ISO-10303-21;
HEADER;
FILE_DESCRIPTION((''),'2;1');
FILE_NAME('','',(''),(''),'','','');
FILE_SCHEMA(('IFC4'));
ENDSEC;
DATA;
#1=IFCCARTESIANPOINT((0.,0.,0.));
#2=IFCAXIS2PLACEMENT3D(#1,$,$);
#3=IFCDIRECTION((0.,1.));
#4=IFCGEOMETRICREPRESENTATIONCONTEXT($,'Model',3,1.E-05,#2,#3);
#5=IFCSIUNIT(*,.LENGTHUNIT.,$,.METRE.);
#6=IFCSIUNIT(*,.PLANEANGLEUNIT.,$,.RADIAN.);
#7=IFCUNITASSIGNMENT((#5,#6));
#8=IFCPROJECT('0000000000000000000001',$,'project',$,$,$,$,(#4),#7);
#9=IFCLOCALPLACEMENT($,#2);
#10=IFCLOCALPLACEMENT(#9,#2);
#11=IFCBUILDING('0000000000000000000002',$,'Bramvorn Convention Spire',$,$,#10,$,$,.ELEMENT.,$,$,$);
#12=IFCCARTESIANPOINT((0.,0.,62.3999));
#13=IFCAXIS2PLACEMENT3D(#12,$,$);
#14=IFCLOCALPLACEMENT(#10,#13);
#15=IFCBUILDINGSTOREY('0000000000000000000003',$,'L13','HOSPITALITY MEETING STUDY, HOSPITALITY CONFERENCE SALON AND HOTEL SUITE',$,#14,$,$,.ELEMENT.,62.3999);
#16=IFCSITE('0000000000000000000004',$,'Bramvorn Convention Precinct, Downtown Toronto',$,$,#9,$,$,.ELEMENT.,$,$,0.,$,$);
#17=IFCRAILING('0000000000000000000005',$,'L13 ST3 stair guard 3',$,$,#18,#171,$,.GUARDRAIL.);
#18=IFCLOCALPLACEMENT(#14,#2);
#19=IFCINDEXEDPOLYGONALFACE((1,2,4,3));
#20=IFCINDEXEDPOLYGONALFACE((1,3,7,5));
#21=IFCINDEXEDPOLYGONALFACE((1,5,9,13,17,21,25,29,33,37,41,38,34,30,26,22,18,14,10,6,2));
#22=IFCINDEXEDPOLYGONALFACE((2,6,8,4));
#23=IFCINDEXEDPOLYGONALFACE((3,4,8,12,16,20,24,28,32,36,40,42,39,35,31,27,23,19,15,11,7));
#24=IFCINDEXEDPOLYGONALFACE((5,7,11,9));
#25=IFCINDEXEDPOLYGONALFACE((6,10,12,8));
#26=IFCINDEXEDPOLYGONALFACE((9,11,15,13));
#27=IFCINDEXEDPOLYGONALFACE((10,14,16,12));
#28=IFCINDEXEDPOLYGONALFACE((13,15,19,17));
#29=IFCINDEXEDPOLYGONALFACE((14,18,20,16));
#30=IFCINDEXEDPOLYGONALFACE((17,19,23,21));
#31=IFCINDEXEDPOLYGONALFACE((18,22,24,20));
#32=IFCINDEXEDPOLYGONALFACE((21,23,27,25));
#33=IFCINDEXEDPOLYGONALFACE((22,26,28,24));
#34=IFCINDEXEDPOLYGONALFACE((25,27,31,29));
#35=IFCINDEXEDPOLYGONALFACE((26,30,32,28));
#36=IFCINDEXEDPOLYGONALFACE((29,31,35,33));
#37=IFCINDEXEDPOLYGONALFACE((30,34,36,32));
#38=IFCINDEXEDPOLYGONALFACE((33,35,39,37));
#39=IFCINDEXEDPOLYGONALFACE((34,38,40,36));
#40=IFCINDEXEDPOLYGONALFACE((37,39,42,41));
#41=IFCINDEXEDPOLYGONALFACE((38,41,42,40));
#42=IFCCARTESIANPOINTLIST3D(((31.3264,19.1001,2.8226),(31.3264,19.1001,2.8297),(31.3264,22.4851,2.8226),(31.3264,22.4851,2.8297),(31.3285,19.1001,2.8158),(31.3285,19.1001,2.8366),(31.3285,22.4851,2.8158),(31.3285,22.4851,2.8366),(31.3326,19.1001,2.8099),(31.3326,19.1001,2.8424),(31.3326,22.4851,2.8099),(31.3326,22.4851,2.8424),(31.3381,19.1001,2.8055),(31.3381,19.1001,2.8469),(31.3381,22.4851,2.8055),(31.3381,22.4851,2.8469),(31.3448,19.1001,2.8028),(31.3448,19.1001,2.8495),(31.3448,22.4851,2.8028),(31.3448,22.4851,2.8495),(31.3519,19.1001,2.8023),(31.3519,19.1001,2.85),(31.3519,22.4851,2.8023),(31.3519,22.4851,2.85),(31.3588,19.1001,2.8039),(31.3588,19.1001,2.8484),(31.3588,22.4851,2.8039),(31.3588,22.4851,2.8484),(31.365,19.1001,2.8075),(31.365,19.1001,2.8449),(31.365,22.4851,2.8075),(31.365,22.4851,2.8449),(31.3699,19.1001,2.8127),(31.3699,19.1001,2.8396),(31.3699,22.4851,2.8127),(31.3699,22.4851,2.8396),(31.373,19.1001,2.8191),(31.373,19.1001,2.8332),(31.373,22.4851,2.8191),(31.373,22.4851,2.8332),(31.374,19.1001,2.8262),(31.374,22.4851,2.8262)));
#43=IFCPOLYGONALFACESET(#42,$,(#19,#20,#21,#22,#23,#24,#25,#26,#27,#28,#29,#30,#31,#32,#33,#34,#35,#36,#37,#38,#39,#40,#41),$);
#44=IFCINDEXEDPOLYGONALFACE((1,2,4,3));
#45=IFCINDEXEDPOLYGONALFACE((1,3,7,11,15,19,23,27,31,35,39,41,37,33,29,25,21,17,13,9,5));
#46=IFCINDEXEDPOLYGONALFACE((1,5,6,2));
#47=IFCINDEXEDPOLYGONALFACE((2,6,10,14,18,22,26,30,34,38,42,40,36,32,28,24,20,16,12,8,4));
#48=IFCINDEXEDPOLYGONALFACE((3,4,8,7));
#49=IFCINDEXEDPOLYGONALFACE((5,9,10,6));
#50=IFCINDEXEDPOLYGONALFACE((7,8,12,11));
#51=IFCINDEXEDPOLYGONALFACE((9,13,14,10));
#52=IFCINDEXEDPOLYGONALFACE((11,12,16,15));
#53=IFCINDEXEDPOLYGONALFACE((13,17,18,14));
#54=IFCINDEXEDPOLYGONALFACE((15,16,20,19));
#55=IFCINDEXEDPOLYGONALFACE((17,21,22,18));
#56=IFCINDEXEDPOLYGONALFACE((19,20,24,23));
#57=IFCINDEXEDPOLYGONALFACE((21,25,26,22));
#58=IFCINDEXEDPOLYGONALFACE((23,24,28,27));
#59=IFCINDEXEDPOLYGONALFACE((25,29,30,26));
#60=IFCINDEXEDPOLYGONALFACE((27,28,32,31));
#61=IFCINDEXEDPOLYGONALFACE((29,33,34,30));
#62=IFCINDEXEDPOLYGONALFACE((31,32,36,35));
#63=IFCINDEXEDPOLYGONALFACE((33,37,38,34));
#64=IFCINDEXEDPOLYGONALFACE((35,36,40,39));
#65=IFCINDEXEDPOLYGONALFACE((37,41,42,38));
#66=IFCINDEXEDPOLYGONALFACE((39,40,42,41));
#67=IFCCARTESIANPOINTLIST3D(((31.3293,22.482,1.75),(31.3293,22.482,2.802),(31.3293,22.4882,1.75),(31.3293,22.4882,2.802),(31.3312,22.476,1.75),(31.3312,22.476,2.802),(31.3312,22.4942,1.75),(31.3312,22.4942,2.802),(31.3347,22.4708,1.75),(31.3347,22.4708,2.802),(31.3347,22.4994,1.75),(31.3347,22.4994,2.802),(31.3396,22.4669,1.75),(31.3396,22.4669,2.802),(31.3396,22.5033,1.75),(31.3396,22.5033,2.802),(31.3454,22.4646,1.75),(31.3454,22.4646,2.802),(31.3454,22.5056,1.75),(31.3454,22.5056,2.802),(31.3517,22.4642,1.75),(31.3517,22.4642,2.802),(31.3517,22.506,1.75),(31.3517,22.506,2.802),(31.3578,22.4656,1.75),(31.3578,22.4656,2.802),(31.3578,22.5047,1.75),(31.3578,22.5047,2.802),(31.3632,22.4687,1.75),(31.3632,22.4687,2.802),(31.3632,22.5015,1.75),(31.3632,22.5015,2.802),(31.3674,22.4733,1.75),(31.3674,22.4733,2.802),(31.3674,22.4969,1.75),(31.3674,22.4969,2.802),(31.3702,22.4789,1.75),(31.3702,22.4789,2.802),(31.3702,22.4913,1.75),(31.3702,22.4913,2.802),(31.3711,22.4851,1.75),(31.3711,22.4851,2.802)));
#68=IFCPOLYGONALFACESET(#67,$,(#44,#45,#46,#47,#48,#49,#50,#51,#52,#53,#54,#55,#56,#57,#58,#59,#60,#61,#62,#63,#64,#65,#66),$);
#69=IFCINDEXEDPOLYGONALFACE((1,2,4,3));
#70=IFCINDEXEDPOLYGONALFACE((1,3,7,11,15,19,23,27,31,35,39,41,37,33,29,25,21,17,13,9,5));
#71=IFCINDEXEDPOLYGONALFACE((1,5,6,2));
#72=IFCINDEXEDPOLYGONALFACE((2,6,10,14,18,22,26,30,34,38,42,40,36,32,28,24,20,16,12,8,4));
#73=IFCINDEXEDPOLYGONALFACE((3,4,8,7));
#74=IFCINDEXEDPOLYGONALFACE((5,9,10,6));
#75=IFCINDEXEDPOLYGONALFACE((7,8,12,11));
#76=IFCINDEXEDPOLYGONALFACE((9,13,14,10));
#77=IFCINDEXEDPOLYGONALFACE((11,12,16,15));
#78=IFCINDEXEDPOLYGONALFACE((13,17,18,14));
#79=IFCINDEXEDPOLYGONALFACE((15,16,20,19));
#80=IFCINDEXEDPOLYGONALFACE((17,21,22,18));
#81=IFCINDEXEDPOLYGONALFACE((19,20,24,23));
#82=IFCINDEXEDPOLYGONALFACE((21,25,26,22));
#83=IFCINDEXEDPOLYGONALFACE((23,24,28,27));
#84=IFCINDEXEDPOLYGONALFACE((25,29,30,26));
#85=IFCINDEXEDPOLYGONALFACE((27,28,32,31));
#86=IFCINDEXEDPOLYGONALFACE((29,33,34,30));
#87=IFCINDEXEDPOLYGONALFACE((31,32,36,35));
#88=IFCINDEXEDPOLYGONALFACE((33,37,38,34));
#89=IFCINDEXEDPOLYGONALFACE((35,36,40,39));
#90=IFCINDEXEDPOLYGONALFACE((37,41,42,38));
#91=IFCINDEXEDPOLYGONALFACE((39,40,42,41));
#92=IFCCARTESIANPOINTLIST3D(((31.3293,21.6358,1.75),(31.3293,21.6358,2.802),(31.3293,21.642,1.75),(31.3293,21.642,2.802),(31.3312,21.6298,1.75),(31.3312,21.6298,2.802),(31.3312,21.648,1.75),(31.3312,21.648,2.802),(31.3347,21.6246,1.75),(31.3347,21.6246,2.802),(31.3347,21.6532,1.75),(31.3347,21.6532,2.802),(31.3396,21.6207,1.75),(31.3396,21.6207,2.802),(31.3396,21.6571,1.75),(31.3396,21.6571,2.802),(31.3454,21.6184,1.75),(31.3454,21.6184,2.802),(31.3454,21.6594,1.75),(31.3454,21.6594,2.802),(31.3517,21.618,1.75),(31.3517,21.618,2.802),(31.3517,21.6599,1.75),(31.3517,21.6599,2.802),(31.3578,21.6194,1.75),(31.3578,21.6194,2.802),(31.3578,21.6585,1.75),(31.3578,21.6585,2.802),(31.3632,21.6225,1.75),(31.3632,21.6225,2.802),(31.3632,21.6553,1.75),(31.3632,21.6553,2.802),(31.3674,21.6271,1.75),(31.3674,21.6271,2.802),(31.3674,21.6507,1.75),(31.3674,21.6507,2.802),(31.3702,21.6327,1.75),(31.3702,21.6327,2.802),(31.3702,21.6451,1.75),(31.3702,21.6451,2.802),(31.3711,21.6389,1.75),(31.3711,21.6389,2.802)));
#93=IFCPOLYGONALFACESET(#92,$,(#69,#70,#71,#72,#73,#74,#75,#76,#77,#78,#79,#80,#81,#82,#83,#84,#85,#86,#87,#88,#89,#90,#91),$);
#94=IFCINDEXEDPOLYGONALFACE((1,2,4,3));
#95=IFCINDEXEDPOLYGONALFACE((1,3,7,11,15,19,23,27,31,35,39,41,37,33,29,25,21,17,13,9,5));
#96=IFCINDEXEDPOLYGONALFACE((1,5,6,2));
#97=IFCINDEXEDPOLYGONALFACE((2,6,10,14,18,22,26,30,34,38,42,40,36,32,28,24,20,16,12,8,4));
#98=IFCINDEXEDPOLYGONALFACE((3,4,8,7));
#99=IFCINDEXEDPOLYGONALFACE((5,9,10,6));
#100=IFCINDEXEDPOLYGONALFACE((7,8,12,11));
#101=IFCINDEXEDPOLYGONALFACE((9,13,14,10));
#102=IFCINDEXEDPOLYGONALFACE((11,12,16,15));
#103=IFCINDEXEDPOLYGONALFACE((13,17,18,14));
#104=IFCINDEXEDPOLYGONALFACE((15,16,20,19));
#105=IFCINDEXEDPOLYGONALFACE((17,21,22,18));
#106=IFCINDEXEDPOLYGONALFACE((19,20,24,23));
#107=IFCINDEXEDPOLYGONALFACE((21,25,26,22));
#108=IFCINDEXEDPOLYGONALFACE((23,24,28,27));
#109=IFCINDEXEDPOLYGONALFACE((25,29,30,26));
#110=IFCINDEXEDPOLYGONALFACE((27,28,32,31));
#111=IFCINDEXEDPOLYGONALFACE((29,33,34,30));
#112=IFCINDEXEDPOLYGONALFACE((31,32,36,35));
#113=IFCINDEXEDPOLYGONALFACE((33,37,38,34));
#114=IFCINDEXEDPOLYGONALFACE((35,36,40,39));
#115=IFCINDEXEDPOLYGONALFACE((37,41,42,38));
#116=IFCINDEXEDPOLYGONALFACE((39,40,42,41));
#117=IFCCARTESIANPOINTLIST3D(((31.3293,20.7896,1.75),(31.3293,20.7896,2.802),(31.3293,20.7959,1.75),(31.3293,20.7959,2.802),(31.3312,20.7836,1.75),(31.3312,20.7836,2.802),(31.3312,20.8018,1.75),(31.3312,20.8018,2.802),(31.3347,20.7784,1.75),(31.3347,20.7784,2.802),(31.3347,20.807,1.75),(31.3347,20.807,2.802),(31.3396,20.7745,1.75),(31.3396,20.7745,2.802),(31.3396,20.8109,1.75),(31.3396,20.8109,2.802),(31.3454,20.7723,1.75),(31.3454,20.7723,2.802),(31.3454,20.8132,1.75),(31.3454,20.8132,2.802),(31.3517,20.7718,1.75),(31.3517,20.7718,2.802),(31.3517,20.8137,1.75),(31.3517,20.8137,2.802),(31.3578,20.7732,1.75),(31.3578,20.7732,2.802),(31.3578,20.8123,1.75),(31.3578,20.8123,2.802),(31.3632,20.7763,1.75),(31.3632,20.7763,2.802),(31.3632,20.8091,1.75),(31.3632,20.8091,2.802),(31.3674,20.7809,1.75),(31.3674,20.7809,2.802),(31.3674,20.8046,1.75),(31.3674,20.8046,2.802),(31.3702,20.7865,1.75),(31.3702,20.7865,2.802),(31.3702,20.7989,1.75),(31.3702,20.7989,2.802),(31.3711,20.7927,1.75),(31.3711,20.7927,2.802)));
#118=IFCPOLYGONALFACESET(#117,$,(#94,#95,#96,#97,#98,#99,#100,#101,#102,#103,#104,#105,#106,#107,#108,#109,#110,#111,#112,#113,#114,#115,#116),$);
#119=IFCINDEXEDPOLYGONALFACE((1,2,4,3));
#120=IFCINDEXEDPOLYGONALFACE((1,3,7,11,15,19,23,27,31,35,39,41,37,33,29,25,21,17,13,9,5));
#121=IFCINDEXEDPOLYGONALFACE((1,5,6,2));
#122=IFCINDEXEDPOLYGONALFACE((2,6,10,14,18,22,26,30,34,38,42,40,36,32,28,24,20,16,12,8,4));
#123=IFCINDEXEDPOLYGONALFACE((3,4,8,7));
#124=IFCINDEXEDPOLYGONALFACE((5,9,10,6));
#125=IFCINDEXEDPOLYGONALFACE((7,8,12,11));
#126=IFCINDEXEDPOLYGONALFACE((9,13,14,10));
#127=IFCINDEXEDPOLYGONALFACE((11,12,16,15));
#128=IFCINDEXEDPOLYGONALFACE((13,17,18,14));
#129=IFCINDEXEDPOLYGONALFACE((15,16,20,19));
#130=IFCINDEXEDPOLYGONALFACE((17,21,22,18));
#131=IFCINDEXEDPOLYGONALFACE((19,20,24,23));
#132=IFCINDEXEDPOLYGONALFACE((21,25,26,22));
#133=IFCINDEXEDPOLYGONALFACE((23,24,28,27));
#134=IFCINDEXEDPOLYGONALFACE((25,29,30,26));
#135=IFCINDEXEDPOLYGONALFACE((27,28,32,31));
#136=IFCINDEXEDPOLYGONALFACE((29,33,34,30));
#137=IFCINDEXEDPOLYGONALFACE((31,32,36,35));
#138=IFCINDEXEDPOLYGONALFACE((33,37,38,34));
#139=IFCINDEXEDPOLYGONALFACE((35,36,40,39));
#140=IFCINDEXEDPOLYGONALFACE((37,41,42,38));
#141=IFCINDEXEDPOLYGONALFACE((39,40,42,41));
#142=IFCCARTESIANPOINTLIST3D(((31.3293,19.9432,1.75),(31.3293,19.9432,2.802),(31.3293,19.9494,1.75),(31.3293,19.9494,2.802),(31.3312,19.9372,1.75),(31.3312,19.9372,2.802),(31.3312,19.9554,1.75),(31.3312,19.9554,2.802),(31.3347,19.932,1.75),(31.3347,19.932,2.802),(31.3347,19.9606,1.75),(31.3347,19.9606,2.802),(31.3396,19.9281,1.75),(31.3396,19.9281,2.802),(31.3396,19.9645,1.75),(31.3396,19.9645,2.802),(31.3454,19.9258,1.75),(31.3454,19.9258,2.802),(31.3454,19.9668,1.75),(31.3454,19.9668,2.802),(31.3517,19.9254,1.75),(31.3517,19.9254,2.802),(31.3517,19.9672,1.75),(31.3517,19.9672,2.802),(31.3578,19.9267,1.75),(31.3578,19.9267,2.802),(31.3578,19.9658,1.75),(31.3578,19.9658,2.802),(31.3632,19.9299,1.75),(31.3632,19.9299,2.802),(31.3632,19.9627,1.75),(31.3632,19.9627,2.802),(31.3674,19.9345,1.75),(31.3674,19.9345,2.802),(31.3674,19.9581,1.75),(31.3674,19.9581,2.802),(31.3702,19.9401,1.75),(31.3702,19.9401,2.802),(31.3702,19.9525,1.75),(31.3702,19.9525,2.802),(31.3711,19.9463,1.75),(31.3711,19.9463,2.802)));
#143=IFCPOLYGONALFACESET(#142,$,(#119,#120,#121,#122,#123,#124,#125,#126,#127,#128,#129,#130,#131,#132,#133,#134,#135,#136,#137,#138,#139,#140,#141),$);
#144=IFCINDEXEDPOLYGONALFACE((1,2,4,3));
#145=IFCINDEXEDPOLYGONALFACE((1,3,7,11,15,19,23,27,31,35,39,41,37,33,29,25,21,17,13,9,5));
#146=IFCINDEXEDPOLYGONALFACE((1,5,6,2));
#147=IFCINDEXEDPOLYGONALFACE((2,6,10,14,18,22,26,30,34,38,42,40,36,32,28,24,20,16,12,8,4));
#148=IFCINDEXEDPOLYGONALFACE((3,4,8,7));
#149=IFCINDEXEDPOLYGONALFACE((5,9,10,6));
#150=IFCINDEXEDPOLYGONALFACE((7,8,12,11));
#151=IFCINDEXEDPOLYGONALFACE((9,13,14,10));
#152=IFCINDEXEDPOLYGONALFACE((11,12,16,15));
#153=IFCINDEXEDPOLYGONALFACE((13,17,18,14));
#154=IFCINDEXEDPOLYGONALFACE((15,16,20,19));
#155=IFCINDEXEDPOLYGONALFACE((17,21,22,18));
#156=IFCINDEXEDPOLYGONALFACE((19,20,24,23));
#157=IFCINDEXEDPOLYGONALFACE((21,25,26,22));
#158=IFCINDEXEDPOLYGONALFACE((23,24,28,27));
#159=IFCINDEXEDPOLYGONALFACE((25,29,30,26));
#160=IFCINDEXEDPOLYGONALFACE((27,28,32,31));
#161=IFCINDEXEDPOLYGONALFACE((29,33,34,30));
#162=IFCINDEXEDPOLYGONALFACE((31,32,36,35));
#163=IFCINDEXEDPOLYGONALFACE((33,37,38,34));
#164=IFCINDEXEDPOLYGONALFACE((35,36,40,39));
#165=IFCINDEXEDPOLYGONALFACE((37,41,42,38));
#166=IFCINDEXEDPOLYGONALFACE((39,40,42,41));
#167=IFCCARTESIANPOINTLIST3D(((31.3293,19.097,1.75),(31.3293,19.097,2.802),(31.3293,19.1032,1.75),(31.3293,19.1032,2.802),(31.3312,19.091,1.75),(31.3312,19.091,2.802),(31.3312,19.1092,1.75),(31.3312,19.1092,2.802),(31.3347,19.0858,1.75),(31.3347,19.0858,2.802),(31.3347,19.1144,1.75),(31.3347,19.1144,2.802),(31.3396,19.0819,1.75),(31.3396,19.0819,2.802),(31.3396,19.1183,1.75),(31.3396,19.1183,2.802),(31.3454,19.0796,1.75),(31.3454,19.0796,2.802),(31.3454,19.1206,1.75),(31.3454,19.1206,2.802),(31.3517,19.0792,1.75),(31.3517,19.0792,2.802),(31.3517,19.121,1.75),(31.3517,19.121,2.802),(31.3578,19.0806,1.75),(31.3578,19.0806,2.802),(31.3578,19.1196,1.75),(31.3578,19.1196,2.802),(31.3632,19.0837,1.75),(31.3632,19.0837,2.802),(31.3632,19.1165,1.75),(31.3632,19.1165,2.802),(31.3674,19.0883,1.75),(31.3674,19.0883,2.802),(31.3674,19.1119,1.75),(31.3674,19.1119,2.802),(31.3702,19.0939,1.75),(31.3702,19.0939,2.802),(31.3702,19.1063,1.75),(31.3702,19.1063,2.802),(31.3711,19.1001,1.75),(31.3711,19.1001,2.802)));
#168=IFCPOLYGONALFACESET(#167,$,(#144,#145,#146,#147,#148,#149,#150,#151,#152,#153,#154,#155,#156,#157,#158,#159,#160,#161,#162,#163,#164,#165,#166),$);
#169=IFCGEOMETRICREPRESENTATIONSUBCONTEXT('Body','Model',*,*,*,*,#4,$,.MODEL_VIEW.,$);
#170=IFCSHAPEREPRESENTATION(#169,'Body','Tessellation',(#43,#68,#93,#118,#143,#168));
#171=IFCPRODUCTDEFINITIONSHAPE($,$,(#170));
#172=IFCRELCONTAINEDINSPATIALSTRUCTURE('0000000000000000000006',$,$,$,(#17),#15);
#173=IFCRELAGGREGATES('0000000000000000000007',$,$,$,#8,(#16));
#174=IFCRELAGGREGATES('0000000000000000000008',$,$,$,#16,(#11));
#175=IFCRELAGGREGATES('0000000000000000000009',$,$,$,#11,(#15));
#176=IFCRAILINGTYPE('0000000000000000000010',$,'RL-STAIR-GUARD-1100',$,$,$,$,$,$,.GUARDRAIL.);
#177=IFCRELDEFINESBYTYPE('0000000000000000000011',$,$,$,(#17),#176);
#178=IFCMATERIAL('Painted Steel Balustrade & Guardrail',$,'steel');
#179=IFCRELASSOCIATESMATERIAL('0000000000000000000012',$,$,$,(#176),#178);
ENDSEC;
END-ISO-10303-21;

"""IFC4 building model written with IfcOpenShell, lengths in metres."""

from ifc_helpers import new_model, si_unit, direction, frame, origin, origin_2d, place, context, subcontext, project, spatial, circle, extrude, material, type_object, element, save


model = new_model("IFC4")

# Units and contexts
model_context = context("Model", 3, precision=1e-05, world=origin(), true_north=direction((0.0, 1.0)))
body_context = subcontext(model_context, "Body", "Model", "MODEL_VIEW")
ifc_project = project(units=[si_unit("LENGTHUNIT", "METRE"), si_unit("PLANEANGLEUNIT", "RADIAN")], contexts=[model_context])

# Site, building, storey
site_placement = place(None, origin())
site = spatial("IfcSite", under=ifc_project, at=site_placement, Name="Bramvorn Convention Precinct, Downtown Toronto", CompositionType="ELEMENT", RefElevation=0.0)
building_placement = place(site_placement, origin())
building = spatial("IfcBuilding", under=site, at=building_placement, Name="Bramvorn Convention Spire", CompositionType="ELEMENT")
storey_placement = place(building_placement, frame((0.0, 0.0, 62.3999)))
storey = spatial("IfcBuildingStorey", under=building, at=storey_placement, Name="L13", Description="HOSPITALITY MEETING STUDY, HOSPITALITY CONFERENCE SALON AND HOTEL SUITE", CompositionType="ELEMENT", Elevation=62.3999)

# Railing
ifc_material_1 = material(Name="Painted Steel Balustrade & Guardrail", Category="steel")
railing_type_1 = type_object("IfcRailingType", Name="RL-STAIR-GUARD-1100", PredefinedType="GUARDRAIL", material=ifc_material_1)
railing_1_placement = place(storey_placement, frame((31.3501, 22.4851, 1.75)))
element("IfcRailing", 1, at=railing_1_placement, inside=storey, type_object=railing_type_1, Name="L13 ST3 stair guard 3", PredefinedType="GUARDRAIL", context=body_context, shape_type="SweptSolid", body=[
    extrude(circle(Radius=0.0239, at=origin_2d()), frame((0.0, 0.0, 1.0762), z_axis=(0.0, -1.0, 0.0), x_axis=(1.0, 0.0, 0.0)), (0.0, 0.0, 1.0), 3.385),
    extrude(circle(Radius=0.021, at=origin_2d()), origin(), (0.0, 0.0, 1.0), 1.052),
    extrude(circle(Radius=0.021, at=origin_2d()), frame((0.0, -0.8462, 0.0)), (0.0, 0.0, 1.0), 1.052),
    extrude(circle(Radius=0.021, at=origin_2d()), frame((0.0, -1.6924, 0.0)), (0.0, 0.0, 1.0), 1.052),
    extrude(circle(Radius=0.021, at=origin_2d()), frame((0.0, -2.5388, 0.0)), (0.0, 0.0, 1.0), 1.052),
    extrude(circle(Radius=0.021, at=origin_2d()), frame((0.0, -3.385, 0.0)), (0.0, 0.0, 1.0), 1.052),
])

save(model, "model.ifc")
